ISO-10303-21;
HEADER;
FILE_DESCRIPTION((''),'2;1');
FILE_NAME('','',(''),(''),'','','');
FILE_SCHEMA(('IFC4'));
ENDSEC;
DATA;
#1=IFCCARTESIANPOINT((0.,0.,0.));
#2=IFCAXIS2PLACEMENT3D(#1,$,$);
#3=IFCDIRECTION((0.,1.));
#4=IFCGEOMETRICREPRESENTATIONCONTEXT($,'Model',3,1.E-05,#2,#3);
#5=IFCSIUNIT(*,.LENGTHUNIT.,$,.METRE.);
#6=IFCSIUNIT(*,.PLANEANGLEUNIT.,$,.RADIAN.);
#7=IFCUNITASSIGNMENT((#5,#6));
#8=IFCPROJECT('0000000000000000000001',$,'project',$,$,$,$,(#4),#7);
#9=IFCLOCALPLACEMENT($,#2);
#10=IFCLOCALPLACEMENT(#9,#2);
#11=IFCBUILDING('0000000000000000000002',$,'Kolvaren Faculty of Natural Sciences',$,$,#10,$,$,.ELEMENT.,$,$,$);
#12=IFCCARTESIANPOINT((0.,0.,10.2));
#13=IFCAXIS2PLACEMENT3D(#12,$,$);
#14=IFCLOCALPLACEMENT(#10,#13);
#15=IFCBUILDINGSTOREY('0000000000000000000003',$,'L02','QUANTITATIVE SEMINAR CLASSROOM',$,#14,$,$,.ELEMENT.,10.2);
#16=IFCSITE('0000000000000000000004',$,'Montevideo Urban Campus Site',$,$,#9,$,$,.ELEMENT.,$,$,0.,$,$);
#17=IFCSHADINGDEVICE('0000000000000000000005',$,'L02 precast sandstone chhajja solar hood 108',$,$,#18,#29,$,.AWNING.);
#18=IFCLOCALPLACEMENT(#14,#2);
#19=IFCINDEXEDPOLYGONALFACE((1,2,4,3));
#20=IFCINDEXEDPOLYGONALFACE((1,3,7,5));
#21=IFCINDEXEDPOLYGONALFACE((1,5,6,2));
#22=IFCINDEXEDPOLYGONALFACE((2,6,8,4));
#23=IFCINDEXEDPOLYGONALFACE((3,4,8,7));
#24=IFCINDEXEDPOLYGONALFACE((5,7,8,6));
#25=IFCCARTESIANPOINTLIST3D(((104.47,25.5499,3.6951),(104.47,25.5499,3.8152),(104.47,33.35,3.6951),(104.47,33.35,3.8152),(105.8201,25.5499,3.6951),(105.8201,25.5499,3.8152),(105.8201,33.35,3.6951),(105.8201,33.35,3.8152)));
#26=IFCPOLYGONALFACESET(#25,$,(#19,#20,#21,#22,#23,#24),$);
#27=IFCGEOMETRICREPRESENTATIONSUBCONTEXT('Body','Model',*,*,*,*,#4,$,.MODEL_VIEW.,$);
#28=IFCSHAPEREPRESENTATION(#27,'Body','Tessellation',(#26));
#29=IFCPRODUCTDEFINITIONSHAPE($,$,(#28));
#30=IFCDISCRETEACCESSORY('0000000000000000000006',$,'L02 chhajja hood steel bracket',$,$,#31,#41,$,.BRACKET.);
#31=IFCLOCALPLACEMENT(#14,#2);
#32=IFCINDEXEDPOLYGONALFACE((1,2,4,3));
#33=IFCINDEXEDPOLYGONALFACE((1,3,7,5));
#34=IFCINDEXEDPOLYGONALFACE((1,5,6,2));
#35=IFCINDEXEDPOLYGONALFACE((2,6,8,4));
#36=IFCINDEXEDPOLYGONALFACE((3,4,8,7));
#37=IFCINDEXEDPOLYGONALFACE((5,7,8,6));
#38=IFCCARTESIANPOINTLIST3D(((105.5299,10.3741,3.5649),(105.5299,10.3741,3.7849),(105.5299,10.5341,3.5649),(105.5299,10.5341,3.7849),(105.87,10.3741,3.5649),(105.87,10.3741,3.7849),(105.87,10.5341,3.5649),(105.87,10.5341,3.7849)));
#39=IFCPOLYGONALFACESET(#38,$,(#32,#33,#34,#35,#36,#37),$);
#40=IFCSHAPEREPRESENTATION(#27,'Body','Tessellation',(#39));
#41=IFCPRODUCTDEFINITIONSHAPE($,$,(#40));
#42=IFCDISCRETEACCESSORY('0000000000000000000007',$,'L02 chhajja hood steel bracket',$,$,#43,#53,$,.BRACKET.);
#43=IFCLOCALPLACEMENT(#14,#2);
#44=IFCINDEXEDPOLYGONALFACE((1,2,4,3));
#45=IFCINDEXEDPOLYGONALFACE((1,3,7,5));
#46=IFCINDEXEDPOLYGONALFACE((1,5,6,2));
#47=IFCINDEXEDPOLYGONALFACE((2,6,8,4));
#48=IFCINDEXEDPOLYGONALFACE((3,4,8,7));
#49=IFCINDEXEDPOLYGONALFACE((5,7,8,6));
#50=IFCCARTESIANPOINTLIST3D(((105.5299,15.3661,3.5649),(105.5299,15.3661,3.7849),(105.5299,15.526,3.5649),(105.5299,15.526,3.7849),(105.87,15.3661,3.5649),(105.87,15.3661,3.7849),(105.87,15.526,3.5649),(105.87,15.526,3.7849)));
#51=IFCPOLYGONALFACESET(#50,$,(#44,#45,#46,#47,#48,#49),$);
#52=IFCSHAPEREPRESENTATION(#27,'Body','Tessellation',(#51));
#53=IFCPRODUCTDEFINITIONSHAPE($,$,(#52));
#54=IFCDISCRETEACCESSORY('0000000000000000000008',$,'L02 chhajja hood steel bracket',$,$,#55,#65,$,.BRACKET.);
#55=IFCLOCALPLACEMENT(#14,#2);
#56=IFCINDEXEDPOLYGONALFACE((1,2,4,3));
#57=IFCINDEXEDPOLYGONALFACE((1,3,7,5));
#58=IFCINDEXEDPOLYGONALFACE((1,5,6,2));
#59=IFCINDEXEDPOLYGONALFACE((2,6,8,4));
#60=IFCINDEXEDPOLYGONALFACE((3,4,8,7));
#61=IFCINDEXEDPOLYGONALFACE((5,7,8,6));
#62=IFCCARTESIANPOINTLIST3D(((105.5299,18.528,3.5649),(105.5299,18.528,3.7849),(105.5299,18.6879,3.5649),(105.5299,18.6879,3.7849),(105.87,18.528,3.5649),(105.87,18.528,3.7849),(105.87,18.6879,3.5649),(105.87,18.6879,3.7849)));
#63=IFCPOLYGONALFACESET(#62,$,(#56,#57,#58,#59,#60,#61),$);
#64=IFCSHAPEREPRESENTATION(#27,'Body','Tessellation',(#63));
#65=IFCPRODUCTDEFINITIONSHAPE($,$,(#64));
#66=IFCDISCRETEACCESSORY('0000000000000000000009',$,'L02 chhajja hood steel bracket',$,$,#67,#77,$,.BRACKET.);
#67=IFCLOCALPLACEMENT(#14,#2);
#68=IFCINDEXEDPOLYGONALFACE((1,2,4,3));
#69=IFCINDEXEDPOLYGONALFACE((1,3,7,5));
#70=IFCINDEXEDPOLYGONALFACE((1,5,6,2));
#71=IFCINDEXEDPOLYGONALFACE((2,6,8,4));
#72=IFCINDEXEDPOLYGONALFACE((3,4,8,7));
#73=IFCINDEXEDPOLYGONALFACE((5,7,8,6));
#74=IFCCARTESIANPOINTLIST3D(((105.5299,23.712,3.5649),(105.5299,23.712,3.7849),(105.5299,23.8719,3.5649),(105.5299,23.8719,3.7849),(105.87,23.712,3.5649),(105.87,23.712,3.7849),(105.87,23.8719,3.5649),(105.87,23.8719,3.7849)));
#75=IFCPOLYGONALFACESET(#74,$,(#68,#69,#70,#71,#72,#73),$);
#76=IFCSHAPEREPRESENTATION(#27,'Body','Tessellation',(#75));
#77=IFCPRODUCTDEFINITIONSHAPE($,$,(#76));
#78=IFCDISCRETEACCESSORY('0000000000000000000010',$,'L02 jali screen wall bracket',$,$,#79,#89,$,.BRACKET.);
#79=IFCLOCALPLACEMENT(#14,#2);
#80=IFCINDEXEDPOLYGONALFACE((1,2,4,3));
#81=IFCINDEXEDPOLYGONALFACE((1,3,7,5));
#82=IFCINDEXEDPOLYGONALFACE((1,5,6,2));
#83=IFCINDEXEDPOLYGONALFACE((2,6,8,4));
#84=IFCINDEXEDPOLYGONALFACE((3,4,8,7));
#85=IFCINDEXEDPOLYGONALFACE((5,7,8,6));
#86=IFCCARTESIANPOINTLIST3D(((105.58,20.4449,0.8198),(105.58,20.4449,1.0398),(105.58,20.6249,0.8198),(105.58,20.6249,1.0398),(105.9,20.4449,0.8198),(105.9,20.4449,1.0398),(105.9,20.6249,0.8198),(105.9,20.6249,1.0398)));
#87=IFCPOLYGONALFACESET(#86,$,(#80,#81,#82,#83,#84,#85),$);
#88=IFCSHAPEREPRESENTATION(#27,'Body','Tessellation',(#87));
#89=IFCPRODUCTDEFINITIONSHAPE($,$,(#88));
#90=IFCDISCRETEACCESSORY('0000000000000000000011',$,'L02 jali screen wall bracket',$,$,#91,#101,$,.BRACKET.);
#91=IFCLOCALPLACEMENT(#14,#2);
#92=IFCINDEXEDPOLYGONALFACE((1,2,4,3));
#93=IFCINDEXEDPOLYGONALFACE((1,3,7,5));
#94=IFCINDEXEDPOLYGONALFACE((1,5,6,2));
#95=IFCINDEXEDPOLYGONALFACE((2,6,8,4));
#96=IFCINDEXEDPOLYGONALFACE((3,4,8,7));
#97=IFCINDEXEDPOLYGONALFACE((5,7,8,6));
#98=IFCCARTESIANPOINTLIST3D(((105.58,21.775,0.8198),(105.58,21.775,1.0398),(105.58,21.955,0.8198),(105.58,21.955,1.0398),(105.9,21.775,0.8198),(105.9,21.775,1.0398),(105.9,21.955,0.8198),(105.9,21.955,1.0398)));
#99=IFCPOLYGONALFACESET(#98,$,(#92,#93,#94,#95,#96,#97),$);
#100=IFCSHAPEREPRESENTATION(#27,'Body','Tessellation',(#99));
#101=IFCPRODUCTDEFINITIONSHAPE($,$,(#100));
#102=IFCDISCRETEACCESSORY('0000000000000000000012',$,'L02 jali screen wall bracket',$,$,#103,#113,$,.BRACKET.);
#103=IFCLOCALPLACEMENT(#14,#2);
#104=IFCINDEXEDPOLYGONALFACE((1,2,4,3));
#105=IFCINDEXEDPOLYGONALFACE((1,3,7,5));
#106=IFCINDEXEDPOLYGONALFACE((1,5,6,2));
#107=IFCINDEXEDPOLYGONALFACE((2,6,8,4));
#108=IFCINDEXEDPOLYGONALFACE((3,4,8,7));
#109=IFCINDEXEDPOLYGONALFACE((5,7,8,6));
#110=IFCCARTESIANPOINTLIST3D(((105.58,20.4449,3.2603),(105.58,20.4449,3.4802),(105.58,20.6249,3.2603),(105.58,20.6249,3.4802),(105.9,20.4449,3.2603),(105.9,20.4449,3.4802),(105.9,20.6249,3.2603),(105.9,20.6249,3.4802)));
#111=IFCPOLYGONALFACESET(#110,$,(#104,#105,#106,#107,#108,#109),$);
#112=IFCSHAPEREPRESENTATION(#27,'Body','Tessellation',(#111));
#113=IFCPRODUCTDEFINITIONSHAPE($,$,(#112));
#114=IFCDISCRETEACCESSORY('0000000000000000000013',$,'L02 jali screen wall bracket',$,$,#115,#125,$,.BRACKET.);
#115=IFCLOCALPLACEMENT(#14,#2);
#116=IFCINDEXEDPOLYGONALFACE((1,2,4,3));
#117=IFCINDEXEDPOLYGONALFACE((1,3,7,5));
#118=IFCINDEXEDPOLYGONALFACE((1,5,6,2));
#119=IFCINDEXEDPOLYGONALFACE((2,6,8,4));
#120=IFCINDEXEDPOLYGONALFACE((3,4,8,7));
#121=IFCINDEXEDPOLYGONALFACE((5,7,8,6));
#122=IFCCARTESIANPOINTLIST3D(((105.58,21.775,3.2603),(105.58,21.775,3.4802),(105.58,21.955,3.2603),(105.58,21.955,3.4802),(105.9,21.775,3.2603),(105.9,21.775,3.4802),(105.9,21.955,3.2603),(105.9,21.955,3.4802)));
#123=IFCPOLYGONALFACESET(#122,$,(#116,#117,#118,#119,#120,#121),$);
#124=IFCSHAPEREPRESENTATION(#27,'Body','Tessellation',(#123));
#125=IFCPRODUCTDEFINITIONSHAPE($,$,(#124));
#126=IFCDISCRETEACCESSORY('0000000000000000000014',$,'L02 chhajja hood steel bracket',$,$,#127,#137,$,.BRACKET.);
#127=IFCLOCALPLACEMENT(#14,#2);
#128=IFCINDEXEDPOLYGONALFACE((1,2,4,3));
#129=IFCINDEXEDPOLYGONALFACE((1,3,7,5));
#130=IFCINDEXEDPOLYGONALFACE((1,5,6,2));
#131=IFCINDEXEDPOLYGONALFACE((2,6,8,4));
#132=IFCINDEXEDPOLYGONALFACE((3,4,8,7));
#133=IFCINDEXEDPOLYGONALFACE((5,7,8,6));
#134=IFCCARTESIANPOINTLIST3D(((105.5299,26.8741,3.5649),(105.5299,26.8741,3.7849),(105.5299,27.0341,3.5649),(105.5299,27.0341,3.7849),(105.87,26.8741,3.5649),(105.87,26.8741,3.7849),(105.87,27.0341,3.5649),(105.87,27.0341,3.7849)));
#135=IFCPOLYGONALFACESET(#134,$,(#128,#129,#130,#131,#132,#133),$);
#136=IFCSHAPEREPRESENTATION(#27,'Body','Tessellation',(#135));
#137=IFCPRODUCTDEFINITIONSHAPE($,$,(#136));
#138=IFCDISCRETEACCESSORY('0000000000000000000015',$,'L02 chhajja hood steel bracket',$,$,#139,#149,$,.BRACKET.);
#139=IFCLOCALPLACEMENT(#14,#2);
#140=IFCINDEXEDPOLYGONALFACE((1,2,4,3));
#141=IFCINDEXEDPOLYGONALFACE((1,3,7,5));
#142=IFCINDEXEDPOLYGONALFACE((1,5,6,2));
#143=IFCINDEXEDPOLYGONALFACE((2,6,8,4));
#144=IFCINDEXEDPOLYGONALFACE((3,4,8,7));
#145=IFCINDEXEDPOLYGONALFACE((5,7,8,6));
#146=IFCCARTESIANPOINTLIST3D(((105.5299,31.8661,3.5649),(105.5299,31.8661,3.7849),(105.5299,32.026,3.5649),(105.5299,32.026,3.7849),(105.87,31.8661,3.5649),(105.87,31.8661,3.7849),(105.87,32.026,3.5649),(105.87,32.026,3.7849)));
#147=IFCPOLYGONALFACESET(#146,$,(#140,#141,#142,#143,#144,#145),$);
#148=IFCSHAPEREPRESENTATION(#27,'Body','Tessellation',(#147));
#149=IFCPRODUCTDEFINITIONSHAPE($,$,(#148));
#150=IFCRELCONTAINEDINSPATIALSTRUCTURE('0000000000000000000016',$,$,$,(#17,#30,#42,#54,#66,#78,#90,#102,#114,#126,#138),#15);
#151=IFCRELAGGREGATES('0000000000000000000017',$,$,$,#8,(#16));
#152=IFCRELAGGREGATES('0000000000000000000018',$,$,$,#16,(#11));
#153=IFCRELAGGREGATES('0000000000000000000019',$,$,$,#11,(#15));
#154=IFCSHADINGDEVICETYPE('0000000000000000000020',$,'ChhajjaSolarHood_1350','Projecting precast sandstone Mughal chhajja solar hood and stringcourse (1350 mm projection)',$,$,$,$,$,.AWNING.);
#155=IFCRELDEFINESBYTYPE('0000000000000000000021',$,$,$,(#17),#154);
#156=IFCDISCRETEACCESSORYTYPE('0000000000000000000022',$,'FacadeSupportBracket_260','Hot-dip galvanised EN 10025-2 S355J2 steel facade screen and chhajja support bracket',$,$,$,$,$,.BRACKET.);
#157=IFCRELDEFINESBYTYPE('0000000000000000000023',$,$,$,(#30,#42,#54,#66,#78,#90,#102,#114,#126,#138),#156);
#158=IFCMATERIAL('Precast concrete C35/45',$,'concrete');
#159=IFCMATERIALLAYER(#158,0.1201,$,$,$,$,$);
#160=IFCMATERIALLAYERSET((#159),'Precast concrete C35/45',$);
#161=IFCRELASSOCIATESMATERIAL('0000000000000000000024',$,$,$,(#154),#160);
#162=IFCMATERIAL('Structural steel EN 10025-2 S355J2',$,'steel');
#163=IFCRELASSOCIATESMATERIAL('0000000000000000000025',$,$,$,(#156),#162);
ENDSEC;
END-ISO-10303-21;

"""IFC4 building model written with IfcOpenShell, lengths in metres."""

from ifc_helpers import new_model, si_unit, direction, frame, origin, origin_2d, place, context, subcontext, project, spatial, rectangle, extrude, material, layer, layer_set, type_object, element, save


model = new_model("IFC4")

# Units and contexts
model_context = context("Model", 3, precision=1e-05, world=origin(), true_north=direction((0.0, 1.0)))
body_context = subcontext(model_context, "Body", "Model", "MODEL_VIEW")
ifc_project = project(units=[si_unit("LENGTHUNIT", "METRE"), si_unit("PLANEANGLEUNIT", "RADIAN")], contexts=[model_context])

# Site, building, storey
site_placement = place(None, origin())
site = spatial("IfcSite", under=ifc_project, at=site_placement, Name="Montevideo Urban Campus Site", CompositionType="ELEMENT", RefElevation=0.0)
building_placement = place(site_placement, origin())
building = spatial("IfcBuilding", under=site, at=building_placement, Name="Kolvaren Faculty of Natural Sciences", CompositionType="ELEMENT")
storey_placement = place(building_placement, frame((0.0, 0.0, 10.2)))
storey = spatial("IfcBuildingStorey", under=building, at=storey_placement, Name="L02", Description="QUANTITATIVE SEMINAR CLASSROOM", CompositionType="ELEMENT", Elevation=10.2)

# Shared definitions
ifc_material_1 = material(Name="Precast concrete C35/45", Category="concrete")

# Shading device
ifc_layer_1 = layer(ifc_material_1, 0.1201)
ifc_layer_set_1 = layer_set([ifc_layer_1], Name="Precast concrete C35/45")
shading_device_type = type_object("IfcShadingDeviceType", Name="ChhajjaSolarHood_1350", Description="Projecting precast sandstone Mughal chhajja solar hood and stringcourse (1350 mm projection)", PredefinedType="AWNING", material=ifc_layer_set_1)
shading_device_1_placement = place(storey_placement, frame((105.145, 29.45, 3.6951), z_axis=(0.0, 0.0, 1.0), x_axis=(0.0, 1.0, 0.0)))
element("IfcShadingDevice", 1, at=shading_device_1_placement, inside=storey, type_object=shading_device_type, Name="L02 precast sandstone chhajja solar hood 108", PredefinedType="AWNING", context=body_context, shape_type="SweptSolid", body=[
    extrude(rectangle(XDim=7.8, YDim=1.3501, at=origin_2d()), origin(), (0.0, 0.0, 1.0), 0.1201),
])

# Discrete accessories
ifc_material_2 = material(Name="Structural steel EN 10025-2 S355J2", Category="steel")
discrete_accessory_type = type_object("IfcDiscreteAccessoryType", Name="FacadeSupportBracket_260", Description="Hot-dip galvanised EN 10025-2 S355J2 steel facade screen and chhajja support bracket", PredefinedType="BRACKET", material=ifc_material_2)
for number, where, z_axis, x_axis, name in (
    (2, (105.7, 10.4541, 3.5649), (0.0, 0.0, 1.0), (0.0, 1.0, 0.0), "L02 chhajja hood steel bracket"),
    (3, (105.7, 15.446, 3.5649), (0.0, 0.0, 1.0), (0.0, 1.0, 0.0), "L02 chhajja hood steel bracket"),
    (4, (105.7, 18.6079, 3.5649), (0.0, 0.0, 1.0), (0.0, 1.0, 0.0), "L02 chhajja hood steel bracket"),
    (5, (105.7, 23.792, 3.5649), (0.0, 0.0, 1.0), (0.0, 1.0, 0.0), "L02 chhajja hood steel bracket"),
):
    element("IfcDiscreteAccessory", number, at=place(storey_placement, frame(where, z_axis=z_axis, x_axis=x_axis)), inside=storey, type_object=discrete_accessory_type, Name=name, PredefinedType="BRACKET", context=body_context, shape_type="SweptSolid", body=[
        extrude(rectangle(XDim=0.1599, YDim=0.3401, at=origin_2d()), origin(), (0.0, 0.0, 1.0), 0.22),
    ])
for number, where, z_axis, x_axis, name in (
    (6, (105.74, 20.5349, 0.8198), (0.0, 0.0, 1.0), (0.0, 1.0, 0.0), "L02 jali screen wall bracket"),
    (7, (105.74, 21.865, 0.8198), (0.0, 0.0, 1.0), (0.0, 1.0, 0.0), "L02 jali screen wall bracket"),
    (8, (105.74, 20.5349, 3.2603), (0.0, 0.0, 1.0), (0.0, 1.0, 0.0), "L02 jali screen wall bracket"),
    (9, (105.74, 21.865, 3.2603), (0.0, 0.0, 1.0), (0.0, 1.0, 0.0), "L02 jali screen wall bracket"),
):
    element("IfcDiscreteAccessory", number, at=place(storey_placement, frame(where, z_axis=z_axis, x_axis=x_axis)), inside=storey, type_object=discrete_accessory_type, Name=name, PredefinedType="BRACKET", context=body_context, shape_type="SweptSolid", body=[
        extrude(rectangle(XDim=0.1799, YDim=0.3201, at=origin_2d()), origin(), (0.0, 0.0, 1.0), 0.22),
    ])
for number, where, z_axis, x_axis, name in (
    (10, (105.7, 26.9541, 3.5649), (0.0, 0.0, 1.0), (0.0, 1.0, 0.0), "L02 chhajja hood steel bracket"),
    (11, (105.7, 31.946, 3.5649), (0.0, 0.0, 1.0), (0.0, 1.0, 0.0), "L02 chhajja hood steel bracket"),
):
    element("IfcDiscreteAccessory", number, at=place(storey_placement, frame(where, z_axis=z_axis, x_axis=x_axis)), inside=storey, type_object=discrete_accessory_type, Name=name, PredefinedType="BRACKET", context=body_context, shape_type="SweptSolid", body=[
        extrude(rectangle(XDim=0.1599, YDim=0.3401, at=origin_2d()), origin(), (0.0, 0.0, 1.0), 0.22),
    ])

save(model, "model.ifc")
